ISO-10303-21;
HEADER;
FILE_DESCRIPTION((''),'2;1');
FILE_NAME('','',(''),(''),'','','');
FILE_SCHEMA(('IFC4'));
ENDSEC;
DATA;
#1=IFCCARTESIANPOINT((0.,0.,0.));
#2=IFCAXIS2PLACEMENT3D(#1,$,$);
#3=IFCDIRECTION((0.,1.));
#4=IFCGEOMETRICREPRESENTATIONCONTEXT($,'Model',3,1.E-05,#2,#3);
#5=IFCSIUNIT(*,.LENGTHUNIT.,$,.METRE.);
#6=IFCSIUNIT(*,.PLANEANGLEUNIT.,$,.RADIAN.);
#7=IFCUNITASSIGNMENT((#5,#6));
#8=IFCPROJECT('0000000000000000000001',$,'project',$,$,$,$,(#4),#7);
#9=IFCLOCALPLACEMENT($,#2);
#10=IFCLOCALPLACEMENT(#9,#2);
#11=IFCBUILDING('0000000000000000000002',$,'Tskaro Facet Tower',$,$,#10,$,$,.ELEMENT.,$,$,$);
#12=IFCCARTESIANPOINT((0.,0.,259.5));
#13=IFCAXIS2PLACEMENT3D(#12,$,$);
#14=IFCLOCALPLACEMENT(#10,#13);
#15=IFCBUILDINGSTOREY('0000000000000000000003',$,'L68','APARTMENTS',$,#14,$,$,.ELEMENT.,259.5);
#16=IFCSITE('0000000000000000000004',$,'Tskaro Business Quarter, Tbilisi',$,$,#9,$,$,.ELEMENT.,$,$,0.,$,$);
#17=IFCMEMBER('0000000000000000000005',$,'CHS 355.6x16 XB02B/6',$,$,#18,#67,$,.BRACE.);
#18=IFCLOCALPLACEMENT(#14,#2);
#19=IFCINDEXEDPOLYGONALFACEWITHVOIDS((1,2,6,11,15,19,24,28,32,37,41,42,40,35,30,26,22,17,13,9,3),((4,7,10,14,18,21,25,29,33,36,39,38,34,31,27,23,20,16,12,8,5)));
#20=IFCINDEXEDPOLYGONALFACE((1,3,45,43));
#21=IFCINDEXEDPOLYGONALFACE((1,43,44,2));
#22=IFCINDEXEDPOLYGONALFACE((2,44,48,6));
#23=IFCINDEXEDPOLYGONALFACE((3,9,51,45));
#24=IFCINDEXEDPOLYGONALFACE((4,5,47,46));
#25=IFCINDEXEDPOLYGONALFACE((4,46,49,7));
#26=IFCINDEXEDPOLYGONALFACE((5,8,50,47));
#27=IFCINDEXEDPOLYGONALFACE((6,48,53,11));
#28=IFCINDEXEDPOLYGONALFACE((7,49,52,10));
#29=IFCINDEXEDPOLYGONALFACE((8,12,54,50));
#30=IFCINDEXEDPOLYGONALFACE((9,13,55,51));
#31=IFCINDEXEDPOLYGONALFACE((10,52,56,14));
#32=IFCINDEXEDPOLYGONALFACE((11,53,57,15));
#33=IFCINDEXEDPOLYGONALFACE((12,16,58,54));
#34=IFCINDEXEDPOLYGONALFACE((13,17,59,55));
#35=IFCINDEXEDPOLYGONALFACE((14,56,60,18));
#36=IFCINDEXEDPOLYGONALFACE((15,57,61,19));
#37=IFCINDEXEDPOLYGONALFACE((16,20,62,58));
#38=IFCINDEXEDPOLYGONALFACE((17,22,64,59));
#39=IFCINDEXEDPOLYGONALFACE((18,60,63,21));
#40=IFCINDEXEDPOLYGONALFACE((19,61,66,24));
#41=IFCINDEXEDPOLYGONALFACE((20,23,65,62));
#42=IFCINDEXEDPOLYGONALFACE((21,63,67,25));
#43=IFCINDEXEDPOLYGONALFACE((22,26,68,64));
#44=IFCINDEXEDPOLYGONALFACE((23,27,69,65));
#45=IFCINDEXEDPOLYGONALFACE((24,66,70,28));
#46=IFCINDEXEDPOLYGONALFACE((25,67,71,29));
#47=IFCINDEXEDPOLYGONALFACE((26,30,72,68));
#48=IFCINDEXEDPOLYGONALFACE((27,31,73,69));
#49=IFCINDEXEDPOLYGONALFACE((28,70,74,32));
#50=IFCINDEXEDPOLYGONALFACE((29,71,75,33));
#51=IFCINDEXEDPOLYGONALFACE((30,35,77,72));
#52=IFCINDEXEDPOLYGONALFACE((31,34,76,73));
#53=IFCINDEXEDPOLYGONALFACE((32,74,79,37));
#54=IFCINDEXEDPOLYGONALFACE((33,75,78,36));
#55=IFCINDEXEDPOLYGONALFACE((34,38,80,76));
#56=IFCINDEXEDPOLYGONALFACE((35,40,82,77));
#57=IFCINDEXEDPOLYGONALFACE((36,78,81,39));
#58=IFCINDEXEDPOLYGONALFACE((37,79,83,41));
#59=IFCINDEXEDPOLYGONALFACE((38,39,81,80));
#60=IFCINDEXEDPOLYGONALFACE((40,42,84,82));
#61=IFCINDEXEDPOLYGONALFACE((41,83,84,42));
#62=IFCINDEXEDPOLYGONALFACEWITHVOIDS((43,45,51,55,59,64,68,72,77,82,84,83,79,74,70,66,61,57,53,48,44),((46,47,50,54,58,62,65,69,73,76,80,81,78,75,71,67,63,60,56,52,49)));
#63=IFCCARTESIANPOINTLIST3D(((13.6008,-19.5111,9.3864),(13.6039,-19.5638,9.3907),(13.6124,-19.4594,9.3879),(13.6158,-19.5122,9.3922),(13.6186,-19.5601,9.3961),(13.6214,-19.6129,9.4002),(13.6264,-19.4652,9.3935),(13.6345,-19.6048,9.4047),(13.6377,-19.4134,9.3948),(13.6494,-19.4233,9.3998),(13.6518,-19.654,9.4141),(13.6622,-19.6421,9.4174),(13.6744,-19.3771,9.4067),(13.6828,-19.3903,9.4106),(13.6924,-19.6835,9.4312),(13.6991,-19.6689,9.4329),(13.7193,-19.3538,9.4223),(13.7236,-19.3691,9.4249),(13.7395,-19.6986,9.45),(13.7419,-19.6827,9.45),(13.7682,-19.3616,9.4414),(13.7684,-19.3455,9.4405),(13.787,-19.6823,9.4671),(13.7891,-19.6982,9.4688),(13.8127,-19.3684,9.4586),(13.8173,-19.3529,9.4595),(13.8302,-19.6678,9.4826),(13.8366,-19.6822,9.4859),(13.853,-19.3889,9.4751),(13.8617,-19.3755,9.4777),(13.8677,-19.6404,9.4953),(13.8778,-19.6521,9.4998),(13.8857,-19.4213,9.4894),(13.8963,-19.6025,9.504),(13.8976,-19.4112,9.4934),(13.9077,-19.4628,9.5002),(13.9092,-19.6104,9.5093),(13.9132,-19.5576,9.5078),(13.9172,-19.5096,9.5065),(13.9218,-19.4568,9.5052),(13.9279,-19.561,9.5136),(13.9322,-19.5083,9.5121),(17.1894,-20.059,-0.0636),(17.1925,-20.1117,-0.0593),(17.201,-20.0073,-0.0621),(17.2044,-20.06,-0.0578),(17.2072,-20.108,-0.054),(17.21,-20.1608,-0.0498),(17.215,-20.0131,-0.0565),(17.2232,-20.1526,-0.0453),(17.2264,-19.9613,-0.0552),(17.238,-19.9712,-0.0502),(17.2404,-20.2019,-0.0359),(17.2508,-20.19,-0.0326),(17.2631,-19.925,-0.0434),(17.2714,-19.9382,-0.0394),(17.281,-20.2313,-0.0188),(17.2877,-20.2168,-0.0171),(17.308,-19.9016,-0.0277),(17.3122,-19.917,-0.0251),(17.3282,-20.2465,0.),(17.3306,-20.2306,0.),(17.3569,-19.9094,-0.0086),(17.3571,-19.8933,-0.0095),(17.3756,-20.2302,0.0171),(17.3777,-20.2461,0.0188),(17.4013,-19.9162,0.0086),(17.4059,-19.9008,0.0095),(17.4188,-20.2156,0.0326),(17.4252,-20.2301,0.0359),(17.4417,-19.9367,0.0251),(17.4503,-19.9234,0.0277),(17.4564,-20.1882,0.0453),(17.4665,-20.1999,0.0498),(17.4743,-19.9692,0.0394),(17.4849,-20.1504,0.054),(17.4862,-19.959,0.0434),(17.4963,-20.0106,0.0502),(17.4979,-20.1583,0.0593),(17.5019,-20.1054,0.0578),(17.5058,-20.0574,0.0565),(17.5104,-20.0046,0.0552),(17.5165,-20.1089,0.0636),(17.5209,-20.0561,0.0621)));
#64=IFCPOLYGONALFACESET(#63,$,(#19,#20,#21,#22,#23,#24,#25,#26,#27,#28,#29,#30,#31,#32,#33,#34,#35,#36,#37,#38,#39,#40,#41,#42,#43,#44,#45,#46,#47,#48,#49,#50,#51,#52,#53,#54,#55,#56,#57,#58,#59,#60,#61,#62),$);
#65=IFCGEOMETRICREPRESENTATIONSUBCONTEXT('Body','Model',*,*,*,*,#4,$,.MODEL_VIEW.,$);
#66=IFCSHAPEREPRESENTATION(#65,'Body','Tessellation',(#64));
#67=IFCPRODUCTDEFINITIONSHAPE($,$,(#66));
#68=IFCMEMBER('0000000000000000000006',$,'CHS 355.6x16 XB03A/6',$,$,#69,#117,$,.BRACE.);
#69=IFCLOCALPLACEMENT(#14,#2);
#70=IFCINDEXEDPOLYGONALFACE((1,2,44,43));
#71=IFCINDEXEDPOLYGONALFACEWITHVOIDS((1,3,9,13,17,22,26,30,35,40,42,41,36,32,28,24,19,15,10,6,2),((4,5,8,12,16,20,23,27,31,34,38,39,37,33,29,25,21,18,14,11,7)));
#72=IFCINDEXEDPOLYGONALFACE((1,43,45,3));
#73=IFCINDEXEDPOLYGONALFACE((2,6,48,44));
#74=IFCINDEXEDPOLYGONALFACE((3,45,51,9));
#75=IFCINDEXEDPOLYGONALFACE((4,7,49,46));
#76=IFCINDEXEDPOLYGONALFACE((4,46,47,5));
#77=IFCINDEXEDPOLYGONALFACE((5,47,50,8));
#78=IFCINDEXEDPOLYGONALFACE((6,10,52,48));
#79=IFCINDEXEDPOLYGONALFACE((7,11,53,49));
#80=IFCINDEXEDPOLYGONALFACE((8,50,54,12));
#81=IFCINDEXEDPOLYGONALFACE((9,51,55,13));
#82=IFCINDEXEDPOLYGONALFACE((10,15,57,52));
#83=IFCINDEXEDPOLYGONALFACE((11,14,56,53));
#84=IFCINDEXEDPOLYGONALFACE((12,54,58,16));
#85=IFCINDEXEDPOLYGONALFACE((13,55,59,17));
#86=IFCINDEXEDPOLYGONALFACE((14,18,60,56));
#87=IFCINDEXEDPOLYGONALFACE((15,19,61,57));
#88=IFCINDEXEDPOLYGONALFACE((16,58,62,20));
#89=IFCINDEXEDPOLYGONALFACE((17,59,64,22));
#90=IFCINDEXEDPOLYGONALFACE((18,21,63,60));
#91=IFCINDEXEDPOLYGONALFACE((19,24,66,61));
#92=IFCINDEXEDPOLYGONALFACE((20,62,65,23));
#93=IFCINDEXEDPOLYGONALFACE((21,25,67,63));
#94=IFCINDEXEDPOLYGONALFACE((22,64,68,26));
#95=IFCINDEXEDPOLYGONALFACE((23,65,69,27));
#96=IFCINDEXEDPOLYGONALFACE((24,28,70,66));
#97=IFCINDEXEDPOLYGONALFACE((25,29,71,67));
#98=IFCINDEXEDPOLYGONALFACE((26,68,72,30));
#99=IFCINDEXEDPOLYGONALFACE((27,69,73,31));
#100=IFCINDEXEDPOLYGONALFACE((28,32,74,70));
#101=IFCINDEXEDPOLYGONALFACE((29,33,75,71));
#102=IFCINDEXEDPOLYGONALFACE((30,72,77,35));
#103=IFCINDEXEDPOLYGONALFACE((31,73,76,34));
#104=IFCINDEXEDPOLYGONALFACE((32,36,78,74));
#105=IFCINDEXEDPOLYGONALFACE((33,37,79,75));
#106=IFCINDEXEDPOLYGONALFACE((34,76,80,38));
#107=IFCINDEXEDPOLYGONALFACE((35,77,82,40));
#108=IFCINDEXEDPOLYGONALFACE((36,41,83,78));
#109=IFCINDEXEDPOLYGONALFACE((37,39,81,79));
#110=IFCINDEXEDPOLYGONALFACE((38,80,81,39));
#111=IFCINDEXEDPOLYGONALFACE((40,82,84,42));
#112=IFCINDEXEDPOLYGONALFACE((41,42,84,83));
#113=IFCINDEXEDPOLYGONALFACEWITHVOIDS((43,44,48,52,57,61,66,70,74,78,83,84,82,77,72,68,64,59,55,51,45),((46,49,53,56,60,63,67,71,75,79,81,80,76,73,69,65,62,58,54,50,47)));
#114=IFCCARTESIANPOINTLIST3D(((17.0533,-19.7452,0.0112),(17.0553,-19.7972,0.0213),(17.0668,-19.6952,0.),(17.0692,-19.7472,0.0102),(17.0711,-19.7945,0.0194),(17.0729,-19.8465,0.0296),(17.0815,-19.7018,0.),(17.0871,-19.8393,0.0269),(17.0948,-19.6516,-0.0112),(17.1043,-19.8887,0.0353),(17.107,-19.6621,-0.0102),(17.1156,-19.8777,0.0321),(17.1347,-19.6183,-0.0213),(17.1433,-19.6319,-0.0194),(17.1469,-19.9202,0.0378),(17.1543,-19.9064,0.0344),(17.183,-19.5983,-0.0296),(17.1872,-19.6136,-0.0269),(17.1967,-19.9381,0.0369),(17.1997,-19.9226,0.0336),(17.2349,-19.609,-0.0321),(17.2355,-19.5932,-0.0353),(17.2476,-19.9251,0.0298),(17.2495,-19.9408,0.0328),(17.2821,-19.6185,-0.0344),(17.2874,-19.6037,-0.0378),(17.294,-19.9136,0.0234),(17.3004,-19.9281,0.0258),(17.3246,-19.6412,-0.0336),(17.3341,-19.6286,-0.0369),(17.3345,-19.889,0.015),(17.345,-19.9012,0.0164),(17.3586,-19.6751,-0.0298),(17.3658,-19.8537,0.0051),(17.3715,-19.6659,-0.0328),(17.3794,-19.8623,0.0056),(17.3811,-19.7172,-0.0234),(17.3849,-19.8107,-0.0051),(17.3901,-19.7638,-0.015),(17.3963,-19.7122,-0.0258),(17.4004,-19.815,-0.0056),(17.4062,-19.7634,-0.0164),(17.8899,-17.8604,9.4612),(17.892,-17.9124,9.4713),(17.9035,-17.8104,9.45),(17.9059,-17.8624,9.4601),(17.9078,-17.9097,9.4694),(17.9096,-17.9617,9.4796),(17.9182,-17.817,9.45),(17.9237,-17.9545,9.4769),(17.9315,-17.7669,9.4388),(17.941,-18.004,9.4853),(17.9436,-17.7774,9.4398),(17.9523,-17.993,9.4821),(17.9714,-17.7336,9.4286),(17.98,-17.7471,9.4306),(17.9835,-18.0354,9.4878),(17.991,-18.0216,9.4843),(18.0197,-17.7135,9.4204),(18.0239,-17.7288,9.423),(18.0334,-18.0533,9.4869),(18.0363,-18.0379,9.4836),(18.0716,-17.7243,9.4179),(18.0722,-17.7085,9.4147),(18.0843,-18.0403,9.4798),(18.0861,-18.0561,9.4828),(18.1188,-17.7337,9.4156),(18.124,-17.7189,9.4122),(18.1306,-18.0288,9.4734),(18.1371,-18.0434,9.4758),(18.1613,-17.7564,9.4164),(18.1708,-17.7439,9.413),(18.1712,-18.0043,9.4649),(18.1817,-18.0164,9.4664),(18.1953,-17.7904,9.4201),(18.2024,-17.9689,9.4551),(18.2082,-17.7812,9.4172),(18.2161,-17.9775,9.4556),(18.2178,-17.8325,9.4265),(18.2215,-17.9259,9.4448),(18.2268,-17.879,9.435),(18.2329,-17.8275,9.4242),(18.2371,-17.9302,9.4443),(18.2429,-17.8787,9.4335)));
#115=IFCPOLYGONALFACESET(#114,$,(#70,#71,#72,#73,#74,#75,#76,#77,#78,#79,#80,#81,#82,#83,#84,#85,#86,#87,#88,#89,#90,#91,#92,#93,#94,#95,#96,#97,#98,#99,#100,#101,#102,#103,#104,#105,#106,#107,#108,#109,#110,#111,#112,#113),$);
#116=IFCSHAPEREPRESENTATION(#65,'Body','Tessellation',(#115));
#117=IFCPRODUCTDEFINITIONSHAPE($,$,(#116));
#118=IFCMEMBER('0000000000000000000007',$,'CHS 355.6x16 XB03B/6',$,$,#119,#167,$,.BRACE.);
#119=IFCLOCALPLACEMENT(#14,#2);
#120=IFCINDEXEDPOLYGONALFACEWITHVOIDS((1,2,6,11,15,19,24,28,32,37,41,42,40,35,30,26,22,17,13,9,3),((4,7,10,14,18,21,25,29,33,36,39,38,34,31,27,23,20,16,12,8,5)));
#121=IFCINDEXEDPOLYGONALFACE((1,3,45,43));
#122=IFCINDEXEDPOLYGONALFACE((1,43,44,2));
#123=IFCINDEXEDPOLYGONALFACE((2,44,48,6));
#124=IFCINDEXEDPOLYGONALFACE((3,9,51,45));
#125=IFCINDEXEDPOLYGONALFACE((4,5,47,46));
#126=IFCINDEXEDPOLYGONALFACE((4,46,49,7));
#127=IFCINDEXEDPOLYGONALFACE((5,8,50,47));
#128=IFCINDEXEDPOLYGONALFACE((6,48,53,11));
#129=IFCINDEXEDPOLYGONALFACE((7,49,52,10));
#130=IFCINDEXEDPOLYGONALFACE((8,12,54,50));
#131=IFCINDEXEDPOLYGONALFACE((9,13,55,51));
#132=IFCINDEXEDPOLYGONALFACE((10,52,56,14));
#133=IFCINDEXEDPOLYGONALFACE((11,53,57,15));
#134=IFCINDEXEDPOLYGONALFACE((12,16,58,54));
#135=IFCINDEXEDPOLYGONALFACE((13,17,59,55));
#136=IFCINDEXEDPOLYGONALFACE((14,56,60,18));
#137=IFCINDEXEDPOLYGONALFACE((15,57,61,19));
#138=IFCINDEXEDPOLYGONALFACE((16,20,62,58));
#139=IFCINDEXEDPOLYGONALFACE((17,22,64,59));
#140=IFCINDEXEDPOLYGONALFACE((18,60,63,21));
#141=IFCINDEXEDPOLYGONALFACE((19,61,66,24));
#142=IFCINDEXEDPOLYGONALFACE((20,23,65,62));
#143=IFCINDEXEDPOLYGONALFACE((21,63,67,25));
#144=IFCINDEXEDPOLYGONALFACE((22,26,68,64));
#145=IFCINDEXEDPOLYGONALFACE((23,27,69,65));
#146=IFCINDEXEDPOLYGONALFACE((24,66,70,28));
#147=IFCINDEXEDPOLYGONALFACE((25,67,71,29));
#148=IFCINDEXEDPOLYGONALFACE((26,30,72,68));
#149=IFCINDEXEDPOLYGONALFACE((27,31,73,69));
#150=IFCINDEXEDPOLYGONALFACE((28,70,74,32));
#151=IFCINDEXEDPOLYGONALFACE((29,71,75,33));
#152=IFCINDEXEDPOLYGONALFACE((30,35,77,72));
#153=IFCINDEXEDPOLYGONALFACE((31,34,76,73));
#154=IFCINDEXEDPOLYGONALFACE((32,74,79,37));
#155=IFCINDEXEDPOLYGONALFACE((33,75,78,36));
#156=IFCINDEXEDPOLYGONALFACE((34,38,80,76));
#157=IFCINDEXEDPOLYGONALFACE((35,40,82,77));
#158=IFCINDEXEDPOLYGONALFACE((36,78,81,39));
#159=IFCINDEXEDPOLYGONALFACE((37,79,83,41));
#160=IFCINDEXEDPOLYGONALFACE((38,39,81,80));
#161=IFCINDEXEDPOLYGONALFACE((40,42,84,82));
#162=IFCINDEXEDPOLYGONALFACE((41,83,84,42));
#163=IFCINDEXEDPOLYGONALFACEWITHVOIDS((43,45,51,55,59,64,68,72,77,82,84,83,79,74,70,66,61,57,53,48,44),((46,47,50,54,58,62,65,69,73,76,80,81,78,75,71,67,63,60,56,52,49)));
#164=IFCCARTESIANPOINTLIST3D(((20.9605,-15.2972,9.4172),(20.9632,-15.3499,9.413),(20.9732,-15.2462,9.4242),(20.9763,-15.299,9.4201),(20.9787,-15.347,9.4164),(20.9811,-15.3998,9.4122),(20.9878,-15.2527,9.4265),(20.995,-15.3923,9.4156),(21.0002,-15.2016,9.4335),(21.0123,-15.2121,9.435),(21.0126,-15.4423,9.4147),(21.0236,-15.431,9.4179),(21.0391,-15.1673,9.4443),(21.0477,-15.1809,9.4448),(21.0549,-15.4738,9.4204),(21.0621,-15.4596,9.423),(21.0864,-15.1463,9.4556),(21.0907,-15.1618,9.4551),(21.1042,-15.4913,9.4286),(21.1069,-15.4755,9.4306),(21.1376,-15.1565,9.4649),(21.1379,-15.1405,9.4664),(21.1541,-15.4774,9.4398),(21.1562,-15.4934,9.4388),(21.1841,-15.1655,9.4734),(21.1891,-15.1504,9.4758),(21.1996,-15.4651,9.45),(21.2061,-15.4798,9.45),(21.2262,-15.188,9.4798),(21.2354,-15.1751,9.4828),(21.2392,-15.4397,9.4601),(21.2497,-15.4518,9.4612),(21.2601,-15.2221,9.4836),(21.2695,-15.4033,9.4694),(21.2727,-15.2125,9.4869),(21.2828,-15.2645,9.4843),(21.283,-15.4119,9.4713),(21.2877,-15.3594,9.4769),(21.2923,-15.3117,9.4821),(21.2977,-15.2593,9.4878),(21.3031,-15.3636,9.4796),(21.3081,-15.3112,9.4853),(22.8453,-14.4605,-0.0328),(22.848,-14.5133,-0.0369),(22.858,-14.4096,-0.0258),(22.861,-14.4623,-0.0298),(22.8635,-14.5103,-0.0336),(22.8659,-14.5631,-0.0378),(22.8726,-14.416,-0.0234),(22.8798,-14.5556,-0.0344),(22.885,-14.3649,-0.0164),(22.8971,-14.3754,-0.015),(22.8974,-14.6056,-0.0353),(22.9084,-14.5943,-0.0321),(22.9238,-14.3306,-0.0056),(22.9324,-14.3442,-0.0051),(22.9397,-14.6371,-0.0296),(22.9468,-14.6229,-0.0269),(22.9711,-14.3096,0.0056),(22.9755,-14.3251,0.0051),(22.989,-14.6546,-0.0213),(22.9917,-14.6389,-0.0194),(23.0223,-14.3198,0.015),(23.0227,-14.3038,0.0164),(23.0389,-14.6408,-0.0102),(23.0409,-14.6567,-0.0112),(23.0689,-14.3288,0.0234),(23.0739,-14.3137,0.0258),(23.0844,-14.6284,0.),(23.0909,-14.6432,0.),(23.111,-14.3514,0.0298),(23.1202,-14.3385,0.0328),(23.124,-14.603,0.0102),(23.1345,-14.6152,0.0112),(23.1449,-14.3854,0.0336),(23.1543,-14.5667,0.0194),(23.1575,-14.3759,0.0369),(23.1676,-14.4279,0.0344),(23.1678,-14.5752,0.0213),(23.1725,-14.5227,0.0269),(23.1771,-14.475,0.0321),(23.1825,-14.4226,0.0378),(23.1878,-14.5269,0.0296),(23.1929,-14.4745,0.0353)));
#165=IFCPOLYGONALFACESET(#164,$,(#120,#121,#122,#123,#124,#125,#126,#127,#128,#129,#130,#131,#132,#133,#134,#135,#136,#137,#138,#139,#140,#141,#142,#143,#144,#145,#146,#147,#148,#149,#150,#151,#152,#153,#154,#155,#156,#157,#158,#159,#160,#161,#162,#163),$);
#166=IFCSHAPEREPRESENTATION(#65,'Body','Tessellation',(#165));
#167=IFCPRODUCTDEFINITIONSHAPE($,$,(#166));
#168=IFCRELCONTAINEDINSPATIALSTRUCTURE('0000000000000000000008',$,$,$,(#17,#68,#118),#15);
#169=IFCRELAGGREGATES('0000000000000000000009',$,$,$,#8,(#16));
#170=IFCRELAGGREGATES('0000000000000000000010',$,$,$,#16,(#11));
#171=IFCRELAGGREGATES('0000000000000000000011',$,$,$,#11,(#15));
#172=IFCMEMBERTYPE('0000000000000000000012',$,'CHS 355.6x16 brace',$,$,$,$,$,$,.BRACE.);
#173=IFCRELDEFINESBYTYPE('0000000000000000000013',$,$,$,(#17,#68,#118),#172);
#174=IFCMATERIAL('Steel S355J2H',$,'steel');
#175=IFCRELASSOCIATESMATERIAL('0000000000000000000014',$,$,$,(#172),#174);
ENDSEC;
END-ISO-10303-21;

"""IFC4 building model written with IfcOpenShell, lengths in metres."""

from ifc_helpers import new_model, si_unit, direction, frame, origin, origin_2d, place, context, subcontext, project, spatial, hollow_circle, extrude, material, material_profile, profile_set, type_object, element, save


model = new_model("IFC4")

# Units and contexts
model_context = context("Model", 3, precision=1e-05, world=origin(), true_north=direction((0.0, 1.0)))
body_context = subcontext(model_context, "Body", "Model", "MODEL_VIEW")
ifc_project = project(units=[si_unit("LENGTHUNIT", "METRE"), si_unit("PLANEANGLEUNIT", "RADIAN")], contexts=[model_context])

# Site, building, storey
site_placement = place(None, origin())
site = spatial("IfcSite", under=ifc_project, at=site_placement, Name="Tskaro Business Quarter, Tbilisi", CompositionType="ELEMENT", RefElevation=0.0)
building_placement = place(site_placement, origin())
building = spatial("IfcBuilding", under=site, at=building_placement, Name="Tskaro Facet Tower", CompositionType="ELEMENT")
storey_placement = place(building_placement, frame((0.0, 0.0, 259.5)))
storey = spatial("IfcBuildingStorey", under=building, at=storey_placement, Name="L68", Description="APARTMENTS", CompositionType="ELEMENT", Elevation=259.5)

# Shared definitions
ifc_material_1 = material(Name="Steel S355J2H", Category="steel")

# Members
ifc_material_profile_1 = material_profile(ifc_material_1, hollow_circle(Radius=0.1777, WallThickness=0.0161, at=origin_2d()), Name="CHS 355.6x16")
ifc_profile_set_1 = profile_set([ifc_material_profile_1], Name="Steel S355J2H")
member_type_1 = type_object("IfcMemberType", Name="CHS 355.6x16 brace", PredefinedType="BRACE", material=ifc_profile_set_1)
member_1_placement = place(storey_placement, frame((17.355, -20.0708, 0.0), z_axis=(-0.354494, 0.054118, 0.933491), x_axis=(-0.150915, -0.988547, 0.0)))
element("IfcMember", 1, at=member_1_placement, inside=storey, type_object=member_type_1, Name="CHS 355.6x16 XB02B/6", PredefinedType="BRACE", context=body_context, shape_type="SweptSolid", body=[
    extrude(hollow_circle(Radius=0.1777, WallThickness=0.0161, at=origin_2d()), origin(), (0.0, 0.0, 1.0), 10.1233),
])
for number, where, z_axis, x_axis, name in (
    (2, (17.2292, -19.7673, 0.0), (0.086501, 0.194862, 0.977009), (-0.913992, 0.405732, 0.0), "CHS 355.6x16 XB03A/6"),
    (3, (23.0188, -14.4807, 0.0), (-0.194862, -0.086501, 0.977009), (0.405732, -0.913992, 0.0), "CHS 355.6x16 XB03B/6"),
):
    element("IfcMember", number, at=place(storey_placement, frame(where, z_axis=z_axis, x_axis=x_axis)), inside=storey, type_object=member_type_1, Name=name, PredefinedType="BRACE", context=body_context, shape_type="SweptSolid", body=[
        extrude(hollow_circle(Radius=0.1777, WallThickness=0.0161, at=origin_2d()), origin(), (0.0, 0.0, 1.0), 9.6724),
    ])

save(model, "model.ifc")
